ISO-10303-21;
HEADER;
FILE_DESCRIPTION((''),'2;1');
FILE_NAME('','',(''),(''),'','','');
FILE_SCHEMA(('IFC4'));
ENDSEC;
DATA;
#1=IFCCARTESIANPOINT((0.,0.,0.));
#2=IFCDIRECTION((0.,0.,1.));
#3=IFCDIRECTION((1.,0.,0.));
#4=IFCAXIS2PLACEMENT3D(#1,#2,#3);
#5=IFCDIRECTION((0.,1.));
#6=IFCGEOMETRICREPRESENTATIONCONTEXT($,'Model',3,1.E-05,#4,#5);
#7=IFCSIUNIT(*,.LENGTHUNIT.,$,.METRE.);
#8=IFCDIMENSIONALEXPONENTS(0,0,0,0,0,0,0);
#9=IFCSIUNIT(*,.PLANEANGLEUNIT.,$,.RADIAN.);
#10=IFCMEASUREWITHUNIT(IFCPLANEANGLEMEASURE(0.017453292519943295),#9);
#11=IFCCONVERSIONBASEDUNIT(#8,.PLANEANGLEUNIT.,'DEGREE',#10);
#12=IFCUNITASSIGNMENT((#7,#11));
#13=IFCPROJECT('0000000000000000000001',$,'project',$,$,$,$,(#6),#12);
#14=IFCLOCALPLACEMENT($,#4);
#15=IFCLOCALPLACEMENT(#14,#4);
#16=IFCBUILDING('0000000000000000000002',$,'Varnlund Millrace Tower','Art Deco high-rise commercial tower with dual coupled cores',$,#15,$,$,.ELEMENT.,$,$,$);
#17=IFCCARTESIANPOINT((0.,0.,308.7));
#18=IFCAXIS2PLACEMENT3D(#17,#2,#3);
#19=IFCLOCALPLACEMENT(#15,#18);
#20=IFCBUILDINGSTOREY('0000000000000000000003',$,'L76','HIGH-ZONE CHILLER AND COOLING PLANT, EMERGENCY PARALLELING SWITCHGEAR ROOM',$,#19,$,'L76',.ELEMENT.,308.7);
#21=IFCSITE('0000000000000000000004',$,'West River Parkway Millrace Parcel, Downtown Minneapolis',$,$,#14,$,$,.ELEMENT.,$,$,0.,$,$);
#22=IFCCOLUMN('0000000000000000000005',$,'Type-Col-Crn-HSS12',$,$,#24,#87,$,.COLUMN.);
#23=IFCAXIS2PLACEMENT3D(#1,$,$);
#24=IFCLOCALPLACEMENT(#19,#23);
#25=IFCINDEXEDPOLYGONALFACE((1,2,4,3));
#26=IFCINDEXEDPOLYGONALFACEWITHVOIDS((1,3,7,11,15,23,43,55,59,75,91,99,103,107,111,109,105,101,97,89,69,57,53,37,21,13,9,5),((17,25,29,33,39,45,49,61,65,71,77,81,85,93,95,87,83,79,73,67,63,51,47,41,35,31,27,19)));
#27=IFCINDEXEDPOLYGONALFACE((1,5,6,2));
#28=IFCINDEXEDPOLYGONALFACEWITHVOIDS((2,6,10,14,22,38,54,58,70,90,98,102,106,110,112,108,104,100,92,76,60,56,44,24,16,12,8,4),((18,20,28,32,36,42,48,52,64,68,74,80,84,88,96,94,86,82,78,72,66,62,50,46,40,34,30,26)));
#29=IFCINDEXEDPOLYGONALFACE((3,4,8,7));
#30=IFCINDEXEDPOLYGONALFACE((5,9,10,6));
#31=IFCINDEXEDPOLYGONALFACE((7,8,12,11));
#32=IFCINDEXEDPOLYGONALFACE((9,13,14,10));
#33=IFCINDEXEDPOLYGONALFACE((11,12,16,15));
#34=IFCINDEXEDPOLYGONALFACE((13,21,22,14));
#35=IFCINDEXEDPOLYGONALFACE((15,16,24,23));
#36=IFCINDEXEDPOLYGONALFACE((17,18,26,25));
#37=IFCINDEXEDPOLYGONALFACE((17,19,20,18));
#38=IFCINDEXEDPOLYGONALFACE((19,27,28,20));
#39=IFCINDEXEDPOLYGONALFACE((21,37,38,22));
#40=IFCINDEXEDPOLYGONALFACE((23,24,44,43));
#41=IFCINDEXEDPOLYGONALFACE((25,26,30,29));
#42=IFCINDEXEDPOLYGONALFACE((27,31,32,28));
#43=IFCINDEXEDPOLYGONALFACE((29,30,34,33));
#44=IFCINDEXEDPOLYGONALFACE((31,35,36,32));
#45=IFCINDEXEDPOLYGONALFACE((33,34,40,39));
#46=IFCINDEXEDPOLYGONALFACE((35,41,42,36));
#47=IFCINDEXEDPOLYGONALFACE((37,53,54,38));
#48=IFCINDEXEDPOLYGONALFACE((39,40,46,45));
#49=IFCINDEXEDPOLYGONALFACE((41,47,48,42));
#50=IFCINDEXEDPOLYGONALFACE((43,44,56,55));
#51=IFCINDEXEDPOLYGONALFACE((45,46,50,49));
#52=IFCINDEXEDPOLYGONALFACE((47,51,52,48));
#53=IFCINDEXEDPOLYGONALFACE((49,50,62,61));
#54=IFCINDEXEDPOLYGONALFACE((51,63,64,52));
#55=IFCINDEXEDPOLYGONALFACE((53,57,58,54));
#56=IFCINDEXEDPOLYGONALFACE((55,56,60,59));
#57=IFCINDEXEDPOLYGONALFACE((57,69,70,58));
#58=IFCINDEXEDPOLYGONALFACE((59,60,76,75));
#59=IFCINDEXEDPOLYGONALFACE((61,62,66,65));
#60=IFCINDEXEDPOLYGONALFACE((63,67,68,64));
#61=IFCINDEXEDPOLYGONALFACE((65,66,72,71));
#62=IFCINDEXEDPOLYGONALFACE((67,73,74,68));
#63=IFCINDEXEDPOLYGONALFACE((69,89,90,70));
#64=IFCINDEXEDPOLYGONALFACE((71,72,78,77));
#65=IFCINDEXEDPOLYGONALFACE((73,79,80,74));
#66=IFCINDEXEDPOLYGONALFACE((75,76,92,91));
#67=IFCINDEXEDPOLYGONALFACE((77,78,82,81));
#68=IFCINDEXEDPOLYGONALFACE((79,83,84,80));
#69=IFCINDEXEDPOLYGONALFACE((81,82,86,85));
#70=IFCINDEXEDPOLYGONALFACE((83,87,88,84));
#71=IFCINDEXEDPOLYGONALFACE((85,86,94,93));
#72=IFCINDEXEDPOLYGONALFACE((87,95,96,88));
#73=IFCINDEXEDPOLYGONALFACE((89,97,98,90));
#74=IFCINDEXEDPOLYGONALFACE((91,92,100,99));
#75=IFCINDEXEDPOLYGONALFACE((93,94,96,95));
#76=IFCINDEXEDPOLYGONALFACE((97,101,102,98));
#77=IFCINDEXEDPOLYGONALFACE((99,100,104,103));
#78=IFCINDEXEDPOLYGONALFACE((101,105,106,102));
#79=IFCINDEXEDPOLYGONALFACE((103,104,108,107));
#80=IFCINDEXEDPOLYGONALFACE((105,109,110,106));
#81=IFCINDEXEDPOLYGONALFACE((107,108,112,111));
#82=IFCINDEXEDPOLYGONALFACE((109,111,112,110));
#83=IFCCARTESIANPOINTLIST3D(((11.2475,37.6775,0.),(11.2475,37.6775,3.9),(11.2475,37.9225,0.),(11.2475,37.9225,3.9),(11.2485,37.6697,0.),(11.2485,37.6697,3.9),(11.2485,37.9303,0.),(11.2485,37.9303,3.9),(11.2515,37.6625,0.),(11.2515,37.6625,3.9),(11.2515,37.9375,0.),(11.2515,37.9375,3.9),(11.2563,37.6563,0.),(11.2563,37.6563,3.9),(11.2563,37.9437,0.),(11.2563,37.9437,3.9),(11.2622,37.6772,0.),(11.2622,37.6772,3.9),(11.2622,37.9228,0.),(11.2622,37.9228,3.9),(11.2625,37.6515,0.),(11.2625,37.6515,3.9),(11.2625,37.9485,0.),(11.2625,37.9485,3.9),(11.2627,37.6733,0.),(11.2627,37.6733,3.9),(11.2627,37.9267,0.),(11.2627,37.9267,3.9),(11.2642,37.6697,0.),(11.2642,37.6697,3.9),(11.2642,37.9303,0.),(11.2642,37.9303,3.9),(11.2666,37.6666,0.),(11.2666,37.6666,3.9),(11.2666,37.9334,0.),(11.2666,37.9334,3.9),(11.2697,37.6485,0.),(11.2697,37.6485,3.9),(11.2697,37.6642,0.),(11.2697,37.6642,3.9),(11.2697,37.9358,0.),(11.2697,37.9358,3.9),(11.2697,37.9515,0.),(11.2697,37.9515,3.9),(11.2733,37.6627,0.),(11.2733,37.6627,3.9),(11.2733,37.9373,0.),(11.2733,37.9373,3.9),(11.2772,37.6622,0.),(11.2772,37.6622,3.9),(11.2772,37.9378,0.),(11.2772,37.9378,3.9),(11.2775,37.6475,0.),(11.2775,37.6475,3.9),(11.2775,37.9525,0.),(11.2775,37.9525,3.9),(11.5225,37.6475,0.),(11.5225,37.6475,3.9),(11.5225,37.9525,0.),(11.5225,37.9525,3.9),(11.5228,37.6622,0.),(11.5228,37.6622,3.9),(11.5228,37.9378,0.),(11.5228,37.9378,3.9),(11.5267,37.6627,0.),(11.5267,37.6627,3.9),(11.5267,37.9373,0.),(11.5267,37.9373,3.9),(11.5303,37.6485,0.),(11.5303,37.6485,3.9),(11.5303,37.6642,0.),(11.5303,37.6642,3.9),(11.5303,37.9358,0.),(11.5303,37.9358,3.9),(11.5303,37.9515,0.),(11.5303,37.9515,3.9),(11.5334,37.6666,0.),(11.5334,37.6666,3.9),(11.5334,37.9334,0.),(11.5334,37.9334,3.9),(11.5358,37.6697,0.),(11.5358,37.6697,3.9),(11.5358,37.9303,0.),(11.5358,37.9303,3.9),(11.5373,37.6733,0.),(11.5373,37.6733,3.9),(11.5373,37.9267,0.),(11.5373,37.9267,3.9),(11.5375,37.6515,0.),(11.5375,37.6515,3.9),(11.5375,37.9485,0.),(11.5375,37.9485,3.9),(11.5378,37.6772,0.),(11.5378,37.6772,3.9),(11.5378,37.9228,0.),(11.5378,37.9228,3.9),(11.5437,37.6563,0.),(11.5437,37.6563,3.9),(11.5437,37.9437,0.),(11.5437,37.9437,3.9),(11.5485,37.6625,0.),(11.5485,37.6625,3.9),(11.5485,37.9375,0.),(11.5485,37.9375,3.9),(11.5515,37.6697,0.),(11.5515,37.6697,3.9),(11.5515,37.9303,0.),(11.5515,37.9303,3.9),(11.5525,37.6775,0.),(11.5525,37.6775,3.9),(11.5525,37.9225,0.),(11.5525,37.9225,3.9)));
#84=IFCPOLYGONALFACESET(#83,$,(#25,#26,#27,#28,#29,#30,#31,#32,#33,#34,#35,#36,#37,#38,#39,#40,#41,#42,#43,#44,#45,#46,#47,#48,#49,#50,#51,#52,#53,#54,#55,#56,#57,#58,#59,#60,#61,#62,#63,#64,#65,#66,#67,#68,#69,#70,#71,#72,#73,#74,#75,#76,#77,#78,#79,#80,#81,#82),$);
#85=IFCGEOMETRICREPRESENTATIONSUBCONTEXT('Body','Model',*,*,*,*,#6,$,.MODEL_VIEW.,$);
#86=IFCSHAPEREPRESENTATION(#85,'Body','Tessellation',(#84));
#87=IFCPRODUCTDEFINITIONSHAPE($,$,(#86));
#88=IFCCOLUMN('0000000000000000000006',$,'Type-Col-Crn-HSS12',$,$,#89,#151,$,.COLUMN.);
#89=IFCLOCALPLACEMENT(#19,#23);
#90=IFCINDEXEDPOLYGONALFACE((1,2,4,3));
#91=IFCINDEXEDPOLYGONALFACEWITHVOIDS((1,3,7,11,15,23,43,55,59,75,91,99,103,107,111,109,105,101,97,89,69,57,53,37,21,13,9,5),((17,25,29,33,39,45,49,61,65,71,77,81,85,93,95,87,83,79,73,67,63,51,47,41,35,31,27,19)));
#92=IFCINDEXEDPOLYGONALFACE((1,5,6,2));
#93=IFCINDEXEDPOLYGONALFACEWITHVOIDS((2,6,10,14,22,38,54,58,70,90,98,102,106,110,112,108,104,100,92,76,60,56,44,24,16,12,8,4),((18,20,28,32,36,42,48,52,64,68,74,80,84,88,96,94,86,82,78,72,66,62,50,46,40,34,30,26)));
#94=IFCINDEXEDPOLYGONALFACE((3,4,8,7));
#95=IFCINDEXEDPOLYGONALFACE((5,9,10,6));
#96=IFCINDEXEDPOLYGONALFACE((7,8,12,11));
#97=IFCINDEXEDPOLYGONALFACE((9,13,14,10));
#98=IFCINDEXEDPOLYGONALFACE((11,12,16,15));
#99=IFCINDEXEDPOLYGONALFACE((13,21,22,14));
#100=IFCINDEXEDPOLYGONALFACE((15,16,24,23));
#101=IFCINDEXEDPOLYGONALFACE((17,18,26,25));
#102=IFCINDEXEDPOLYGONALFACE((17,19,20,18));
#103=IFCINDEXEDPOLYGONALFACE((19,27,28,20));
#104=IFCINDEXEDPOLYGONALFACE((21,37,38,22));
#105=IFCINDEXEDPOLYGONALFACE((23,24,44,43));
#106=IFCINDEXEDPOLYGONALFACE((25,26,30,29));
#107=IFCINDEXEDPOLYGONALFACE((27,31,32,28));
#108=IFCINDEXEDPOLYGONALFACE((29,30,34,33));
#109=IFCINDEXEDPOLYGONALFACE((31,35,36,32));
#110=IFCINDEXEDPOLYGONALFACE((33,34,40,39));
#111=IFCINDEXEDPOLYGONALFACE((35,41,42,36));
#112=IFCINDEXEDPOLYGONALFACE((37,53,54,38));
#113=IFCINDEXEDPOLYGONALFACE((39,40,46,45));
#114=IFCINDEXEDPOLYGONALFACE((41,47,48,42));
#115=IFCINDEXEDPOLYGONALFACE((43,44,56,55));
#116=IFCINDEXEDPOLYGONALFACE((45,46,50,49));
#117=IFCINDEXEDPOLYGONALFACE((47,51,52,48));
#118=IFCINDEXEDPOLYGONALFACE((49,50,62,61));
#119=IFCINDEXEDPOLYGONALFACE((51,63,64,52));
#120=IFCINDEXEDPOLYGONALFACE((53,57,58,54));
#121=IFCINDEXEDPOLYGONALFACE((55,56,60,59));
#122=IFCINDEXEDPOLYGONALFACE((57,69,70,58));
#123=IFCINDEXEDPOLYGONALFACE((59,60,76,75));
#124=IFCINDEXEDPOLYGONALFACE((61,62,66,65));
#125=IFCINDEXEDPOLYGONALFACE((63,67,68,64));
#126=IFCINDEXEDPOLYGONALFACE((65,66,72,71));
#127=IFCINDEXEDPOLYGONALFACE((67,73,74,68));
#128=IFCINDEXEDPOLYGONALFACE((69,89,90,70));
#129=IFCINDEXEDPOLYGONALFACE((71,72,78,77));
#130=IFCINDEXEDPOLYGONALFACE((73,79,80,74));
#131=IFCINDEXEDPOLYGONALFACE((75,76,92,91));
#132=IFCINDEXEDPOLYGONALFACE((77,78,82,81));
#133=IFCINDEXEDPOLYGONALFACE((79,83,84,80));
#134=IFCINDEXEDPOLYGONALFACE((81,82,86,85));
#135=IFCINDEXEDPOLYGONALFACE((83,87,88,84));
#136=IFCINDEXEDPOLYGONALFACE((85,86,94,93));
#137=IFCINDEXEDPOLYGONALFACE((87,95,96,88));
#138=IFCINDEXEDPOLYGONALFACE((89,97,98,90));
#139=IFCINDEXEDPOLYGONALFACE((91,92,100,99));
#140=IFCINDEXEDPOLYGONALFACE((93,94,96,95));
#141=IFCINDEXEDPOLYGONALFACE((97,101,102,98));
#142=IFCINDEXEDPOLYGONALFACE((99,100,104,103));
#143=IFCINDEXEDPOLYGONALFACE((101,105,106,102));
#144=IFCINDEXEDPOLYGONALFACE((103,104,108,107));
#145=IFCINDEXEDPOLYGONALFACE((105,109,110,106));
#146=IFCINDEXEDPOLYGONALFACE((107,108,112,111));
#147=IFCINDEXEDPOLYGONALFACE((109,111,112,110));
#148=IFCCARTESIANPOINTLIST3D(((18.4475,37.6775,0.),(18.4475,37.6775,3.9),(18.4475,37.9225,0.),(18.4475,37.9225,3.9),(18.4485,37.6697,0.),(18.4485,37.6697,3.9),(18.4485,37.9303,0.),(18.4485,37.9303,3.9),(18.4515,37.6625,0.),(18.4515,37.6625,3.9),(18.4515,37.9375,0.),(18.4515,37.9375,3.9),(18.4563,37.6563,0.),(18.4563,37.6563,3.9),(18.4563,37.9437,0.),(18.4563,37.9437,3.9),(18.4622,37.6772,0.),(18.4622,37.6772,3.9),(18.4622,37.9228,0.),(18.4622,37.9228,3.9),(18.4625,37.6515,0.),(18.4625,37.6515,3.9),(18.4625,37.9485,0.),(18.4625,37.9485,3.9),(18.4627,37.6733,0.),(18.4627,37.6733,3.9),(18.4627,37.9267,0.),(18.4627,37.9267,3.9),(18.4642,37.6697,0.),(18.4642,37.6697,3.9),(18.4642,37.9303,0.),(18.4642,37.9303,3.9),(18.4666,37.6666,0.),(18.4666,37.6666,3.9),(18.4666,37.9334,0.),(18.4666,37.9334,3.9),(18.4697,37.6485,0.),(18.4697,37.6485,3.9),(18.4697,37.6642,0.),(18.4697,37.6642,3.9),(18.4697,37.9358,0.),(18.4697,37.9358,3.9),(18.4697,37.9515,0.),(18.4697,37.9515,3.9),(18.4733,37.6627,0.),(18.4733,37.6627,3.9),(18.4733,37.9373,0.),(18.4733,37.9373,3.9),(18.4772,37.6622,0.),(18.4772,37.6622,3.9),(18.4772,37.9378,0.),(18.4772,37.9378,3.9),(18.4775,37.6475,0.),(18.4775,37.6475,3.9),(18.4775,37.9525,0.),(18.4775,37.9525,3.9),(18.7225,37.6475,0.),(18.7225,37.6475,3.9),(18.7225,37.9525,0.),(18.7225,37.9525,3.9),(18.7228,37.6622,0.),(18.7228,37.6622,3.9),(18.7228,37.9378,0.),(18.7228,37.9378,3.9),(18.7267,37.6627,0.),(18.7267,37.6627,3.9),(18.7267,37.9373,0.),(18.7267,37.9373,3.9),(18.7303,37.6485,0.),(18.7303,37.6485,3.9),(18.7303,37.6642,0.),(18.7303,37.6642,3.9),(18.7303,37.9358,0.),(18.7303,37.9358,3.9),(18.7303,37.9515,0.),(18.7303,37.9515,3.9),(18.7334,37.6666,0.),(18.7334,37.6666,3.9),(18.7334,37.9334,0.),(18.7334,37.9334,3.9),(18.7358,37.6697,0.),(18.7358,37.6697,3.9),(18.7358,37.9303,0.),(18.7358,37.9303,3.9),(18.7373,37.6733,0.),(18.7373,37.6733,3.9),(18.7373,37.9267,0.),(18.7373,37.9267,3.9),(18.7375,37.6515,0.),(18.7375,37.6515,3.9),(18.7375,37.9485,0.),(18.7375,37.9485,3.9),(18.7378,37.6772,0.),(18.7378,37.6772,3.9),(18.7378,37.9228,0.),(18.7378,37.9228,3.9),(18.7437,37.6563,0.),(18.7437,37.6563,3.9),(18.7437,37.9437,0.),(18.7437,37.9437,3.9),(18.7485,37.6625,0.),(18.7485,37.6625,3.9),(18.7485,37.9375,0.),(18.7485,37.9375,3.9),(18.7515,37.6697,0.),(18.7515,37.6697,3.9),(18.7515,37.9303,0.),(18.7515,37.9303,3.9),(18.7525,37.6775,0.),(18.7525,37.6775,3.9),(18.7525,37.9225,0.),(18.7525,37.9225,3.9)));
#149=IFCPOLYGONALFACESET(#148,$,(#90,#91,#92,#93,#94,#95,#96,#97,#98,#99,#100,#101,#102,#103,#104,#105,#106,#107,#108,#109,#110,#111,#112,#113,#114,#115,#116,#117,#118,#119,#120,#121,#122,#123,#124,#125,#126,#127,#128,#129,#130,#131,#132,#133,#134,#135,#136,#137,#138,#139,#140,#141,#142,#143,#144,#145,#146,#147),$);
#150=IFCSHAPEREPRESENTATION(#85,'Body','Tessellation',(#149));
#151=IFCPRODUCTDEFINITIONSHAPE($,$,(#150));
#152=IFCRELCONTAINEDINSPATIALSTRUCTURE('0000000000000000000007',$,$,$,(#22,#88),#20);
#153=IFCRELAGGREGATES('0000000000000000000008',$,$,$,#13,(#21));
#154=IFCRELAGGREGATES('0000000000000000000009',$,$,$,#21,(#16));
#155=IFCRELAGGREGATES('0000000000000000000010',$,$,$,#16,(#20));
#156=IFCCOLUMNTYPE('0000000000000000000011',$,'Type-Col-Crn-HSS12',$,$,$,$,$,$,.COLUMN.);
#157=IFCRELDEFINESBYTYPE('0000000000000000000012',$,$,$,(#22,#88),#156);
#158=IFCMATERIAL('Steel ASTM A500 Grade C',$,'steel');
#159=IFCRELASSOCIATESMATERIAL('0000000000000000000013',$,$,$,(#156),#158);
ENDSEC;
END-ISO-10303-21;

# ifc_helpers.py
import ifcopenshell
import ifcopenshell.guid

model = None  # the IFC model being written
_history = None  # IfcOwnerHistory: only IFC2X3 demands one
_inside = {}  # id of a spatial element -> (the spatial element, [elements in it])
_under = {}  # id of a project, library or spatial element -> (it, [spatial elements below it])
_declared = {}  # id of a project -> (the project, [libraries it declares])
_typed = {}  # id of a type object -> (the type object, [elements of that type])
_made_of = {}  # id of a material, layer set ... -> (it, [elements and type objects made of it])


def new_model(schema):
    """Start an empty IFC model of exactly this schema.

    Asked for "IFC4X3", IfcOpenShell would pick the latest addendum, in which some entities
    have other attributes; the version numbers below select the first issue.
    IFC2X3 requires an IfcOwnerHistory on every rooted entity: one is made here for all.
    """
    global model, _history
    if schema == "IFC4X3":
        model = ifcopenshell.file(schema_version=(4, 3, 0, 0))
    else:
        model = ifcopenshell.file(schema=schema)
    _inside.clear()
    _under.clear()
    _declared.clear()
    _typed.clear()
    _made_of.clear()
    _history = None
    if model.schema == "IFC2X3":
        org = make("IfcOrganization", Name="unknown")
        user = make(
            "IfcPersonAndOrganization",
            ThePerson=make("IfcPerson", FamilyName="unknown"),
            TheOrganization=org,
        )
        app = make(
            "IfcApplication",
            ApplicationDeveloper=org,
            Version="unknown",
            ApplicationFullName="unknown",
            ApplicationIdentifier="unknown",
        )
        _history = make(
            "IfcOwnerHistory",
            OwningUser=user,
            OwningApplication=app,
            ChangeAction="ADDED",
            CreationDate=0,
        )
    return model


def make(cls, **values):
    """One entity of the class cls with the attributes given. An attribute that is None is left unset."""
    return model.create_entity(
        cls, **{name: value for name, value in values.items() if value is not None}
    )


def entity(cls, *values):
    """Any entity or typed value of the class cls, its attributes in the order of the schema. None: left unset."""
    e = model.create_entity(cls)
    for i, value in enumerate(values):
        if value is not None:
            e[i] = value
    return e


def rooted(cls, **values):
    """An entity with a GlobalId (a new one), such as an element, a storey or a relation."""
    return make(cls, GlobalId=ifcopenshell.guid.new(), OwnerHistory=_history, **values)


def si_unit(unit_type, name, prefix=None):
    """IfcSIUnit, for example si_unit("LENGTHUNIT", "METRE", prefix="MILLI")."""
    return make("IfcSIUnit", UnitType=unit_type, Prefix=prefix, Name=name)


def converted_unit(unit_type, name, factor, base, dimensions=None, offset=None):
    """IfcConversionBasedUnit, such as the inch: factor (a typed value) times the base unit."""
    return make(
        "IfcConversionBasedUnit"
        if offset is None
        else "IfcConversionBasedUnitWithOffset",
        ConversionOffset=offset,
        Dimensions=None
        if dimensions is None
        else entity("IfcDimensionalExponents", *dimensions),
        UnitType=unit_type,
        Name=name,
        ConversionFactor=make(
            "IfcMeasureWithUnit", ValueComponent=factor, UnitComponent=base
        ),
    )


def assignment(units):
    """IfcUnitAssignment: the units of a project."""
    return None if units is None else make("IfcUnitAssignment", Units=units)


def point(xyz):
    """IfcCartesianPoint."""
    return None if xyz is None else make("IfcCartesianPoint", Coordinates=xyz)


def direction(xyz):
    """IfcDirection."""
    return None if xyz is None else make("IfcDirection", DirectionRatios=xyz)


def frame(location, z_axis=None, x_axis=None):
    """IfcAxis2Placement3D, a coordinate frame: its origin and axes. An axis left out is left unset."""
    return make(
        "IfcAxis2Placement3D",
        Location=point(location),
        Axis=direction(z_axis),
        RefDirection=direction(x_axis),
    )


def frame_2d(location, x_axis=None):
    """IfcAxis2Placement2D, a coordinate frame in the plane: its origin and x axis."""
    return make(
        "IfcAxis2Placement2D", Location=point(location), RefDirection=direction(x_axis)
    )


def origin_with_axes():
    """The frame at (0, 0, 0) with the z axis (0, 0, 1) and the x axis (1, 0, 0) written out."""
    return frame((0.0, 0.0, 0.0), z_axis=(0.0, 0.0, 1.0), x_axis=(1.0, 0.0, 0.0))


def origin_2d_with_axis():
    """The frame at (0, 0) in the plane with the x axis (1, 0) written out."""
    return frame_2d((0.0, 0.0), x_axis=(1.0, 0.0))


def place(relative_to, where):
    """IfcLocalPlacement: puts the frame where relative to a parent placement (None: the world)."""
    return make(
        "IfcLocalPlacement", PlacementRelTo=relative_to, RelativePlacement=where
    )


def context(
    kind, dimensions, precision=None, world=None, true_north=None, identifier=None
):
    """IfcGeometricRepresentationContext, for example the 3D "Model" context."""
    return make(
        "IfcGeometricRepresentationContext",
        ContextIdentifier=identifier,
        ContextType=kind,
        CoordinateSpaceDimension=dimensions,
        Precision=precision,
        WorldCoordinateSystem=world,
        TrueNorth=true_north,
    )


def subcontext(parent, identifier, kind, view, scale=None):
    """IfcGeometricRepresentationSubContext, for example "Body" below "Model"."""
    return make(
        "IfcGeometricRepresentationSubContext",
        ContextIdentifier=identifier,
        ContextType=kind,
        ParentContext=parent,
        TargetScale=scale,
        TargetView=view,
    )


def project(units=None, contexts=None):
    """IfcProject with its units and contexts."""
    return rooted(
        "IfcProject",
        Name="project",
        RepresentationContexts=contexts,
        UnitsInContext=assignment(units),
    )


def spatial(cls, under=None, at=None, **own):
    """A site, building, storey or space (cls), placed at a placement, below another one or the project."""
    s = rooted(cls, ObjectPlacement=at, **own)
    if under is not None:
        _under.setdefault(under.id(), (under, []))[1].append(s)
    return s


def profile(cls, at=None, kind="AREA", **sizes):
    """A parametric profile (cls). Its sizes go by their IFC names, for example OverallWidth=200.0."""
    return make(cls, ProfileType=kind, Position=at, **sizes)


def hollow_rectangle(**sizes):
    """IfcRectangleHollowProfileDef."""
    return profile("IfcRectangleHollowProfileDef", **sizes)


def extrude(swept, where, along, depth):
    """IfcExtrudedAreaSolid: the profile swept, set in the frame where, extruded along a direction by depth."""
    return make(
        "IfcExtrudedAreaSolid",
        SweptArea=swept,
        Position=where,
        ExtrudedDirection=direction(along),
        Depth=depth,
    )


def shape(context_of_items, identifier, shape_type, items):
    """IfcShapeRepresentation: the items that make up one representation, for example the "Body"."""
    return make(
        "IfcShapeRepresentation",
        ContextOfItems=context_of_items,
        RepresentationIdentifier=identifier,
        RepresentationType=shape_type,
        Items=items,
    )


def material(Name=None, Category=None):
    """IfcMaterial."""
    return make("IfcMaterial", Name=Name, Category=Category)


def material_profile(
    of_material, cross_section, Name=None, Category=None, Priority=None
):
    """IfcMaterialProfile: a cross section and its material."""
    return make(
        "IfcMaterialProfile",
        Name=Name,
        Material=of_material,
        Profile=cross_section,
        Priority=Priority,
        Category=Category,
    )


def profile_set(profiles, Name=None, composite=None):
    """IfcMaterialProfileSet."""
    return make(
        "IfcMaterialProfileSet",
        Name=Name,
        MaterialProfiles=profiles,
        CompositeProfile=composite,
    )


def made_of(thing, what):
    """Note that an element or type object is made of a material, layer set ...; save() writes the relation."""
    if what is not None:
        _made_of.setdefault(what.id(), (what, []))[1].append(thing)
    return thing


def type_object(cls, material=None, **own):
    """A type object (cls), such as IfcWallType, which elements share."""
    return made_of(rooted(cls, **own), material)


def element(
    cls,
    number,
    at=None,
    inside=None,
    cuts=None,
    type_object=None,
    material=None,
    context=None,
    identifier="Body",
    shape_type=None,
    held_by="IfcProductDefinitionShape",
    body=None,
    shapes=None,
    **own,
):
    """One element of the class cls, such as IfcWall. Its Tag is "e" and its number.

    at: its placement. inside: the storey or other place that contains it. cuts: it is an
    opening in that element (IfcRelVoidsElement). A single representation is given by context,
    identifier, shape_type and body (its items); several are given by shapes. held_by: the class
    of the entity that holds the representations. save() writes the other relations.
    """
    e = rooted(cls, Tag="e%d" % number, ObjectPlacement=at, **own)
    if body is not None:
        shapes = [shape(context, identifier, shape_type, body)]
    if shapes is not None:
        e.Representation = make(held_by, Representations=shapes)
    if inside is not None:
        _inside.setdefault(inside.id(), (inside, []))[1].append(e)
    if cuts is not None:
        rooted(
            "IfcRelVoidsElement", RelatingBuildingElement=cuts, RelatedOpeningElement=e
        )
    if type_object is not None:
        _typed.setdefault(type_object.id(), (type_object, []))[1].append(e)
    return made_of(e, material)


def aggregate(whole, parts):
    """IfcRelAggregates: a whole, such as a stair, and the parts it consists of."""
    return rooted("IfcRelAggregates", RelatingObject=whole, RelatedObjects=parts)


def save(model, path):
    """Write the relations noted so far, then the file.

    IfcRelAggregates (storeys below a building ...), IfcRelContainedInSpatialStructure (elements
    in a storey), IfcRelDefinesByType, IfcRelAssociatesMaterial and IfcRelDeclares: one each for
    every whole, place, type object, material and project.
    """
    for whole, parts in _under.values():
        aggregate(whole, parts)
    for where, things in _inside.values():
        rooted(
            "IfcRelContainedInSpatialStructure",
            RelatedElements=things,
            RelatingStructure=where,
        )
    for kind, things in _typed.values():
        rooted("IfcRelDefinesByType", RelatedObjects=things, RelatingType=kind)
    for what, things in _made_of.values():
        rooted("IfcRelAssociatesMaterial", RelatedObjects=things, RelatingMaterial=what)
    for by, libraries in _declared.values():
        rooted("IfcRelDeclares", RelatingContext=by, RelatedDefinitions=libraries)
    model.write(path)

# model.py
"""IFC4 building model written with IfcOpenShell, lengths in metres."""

from ifc_helpers import new_model, entity, si_unit, converted_unit, direction, frame, origin_with_axes, origin_2d_with_axis, place, context, subcontext, project, spatial, hollow_rectangle, extrude, material, material_profile, profile_set, type_object, element, save


model = new_model("IFC4")

# Units and contexts
model_context = context("Model", 3, precision=1e-05, world=origin_with_axes(), true_north=direction((0.0, 1.0)))
body_context = subcontext(model_context, "Body", "Model", "MODEL_VIEW")
ifc_project = project(units=[si_unit("LENGTHUNIT", "METRE"), converted_unit("PLANEANGLEUNIT", "DEGREE", entity("IfcPlaneAngleMeasure", 0.017453292519943295), si_unit("PLANEANGLEUNIT", "RADIAN"), dimensions=[0, 0, 0, 0, 0, 0, 0])], contexts=[model_context])

# Site, building, storey
site_placement = place(None, origin_with_axes())
site = spatial("IfcSite", under=ifc_project, at=site_placement, Name="West River Parkway Millrace Parcel, Downtown Minneapolis", CompositionType="ELEMENT", RefElevation=0.0)
building_placement = place(site_placement, origin_with_axes())
building = spatial("IfcBuilding", under=site, at=building_placement, Name="Varnlund Millrace Tower", Description="Art Deco high-rise commercial tower with dual coupled cores", CompositionType="ELEMENT")
storey_placement = place(building_placement, frame((0.0, 0.0, 308.7), z_axis=(0.0, 0.0, 1.0), x_axis=(1.0, 0.0, 0.0)))
storey = spatial("IfcBuildingStorey", under=building, at=storey_placement, Name="L76", Description="HIGH-ZONE CHILLER AND COOLING PLANT, EMERGENCY PARALLELING SWITCHGEAR ROOM", LongName="L76", CompositionType="ELEMENT", Elevation=308.7)

# Columns
ifc_material_1 = material(Name="Steel ASTM A500 Grade C", Category="steel")
ifc_material_profile_1 = material_profile(ifc_material_1, hollow_rectangle(XDim=0.305, YDim=0.305, WallThickness=0.0147, InnerFilletRadius=0.015, OuterFilletRadius=0.03, at=origin_2d_with_axis()), Name="Steel ASTM A500 Grade C")
ifc_profile_set_1 = profile_set([ifc_material_profile_1], Name="Steel ASTM A500 Grade C")
column_type = type_object("IfcColumnType", Name="Type-Col-Crn-HSS12", PredefinedType="COLUMN", material=ifc_profile_set_1)
for number, where, z_axis, x_axis, name in (
    (1, (11.4, 37.8, 0.0), (0.0, 0.0, 1.0), (1.0, 0.0, 0.0), "Type-Col-Crn-HSS12"),
    (2, (18.6, 37.8, 0.0), (0.0, 0.0, 1.0), (1.0, 0.0, 0.0), "Type-Col-Crn-HSS12"),
):
    element("IfcColumn", number, at=place(storey_placement, frame(where, z_axis=z_axis, x_axis=x_axis)), inside=storey, type_object=column_type, Name=name, PredefinedType="COLUMN", context=body_context, shape_type="SweptSolid", body=[
        extrude(hollow_rectangle(XDim=0.305, YDim=0.305, WallThickness=0.0147, InnerFilletRadius=0.015, OuterFilletRadius=0.03, at=origin_2d_with_axis()), origin_with_axes(), (0.0, 0.0, 1.0), 3.9),
    ])

save(model, "model.ifc")
